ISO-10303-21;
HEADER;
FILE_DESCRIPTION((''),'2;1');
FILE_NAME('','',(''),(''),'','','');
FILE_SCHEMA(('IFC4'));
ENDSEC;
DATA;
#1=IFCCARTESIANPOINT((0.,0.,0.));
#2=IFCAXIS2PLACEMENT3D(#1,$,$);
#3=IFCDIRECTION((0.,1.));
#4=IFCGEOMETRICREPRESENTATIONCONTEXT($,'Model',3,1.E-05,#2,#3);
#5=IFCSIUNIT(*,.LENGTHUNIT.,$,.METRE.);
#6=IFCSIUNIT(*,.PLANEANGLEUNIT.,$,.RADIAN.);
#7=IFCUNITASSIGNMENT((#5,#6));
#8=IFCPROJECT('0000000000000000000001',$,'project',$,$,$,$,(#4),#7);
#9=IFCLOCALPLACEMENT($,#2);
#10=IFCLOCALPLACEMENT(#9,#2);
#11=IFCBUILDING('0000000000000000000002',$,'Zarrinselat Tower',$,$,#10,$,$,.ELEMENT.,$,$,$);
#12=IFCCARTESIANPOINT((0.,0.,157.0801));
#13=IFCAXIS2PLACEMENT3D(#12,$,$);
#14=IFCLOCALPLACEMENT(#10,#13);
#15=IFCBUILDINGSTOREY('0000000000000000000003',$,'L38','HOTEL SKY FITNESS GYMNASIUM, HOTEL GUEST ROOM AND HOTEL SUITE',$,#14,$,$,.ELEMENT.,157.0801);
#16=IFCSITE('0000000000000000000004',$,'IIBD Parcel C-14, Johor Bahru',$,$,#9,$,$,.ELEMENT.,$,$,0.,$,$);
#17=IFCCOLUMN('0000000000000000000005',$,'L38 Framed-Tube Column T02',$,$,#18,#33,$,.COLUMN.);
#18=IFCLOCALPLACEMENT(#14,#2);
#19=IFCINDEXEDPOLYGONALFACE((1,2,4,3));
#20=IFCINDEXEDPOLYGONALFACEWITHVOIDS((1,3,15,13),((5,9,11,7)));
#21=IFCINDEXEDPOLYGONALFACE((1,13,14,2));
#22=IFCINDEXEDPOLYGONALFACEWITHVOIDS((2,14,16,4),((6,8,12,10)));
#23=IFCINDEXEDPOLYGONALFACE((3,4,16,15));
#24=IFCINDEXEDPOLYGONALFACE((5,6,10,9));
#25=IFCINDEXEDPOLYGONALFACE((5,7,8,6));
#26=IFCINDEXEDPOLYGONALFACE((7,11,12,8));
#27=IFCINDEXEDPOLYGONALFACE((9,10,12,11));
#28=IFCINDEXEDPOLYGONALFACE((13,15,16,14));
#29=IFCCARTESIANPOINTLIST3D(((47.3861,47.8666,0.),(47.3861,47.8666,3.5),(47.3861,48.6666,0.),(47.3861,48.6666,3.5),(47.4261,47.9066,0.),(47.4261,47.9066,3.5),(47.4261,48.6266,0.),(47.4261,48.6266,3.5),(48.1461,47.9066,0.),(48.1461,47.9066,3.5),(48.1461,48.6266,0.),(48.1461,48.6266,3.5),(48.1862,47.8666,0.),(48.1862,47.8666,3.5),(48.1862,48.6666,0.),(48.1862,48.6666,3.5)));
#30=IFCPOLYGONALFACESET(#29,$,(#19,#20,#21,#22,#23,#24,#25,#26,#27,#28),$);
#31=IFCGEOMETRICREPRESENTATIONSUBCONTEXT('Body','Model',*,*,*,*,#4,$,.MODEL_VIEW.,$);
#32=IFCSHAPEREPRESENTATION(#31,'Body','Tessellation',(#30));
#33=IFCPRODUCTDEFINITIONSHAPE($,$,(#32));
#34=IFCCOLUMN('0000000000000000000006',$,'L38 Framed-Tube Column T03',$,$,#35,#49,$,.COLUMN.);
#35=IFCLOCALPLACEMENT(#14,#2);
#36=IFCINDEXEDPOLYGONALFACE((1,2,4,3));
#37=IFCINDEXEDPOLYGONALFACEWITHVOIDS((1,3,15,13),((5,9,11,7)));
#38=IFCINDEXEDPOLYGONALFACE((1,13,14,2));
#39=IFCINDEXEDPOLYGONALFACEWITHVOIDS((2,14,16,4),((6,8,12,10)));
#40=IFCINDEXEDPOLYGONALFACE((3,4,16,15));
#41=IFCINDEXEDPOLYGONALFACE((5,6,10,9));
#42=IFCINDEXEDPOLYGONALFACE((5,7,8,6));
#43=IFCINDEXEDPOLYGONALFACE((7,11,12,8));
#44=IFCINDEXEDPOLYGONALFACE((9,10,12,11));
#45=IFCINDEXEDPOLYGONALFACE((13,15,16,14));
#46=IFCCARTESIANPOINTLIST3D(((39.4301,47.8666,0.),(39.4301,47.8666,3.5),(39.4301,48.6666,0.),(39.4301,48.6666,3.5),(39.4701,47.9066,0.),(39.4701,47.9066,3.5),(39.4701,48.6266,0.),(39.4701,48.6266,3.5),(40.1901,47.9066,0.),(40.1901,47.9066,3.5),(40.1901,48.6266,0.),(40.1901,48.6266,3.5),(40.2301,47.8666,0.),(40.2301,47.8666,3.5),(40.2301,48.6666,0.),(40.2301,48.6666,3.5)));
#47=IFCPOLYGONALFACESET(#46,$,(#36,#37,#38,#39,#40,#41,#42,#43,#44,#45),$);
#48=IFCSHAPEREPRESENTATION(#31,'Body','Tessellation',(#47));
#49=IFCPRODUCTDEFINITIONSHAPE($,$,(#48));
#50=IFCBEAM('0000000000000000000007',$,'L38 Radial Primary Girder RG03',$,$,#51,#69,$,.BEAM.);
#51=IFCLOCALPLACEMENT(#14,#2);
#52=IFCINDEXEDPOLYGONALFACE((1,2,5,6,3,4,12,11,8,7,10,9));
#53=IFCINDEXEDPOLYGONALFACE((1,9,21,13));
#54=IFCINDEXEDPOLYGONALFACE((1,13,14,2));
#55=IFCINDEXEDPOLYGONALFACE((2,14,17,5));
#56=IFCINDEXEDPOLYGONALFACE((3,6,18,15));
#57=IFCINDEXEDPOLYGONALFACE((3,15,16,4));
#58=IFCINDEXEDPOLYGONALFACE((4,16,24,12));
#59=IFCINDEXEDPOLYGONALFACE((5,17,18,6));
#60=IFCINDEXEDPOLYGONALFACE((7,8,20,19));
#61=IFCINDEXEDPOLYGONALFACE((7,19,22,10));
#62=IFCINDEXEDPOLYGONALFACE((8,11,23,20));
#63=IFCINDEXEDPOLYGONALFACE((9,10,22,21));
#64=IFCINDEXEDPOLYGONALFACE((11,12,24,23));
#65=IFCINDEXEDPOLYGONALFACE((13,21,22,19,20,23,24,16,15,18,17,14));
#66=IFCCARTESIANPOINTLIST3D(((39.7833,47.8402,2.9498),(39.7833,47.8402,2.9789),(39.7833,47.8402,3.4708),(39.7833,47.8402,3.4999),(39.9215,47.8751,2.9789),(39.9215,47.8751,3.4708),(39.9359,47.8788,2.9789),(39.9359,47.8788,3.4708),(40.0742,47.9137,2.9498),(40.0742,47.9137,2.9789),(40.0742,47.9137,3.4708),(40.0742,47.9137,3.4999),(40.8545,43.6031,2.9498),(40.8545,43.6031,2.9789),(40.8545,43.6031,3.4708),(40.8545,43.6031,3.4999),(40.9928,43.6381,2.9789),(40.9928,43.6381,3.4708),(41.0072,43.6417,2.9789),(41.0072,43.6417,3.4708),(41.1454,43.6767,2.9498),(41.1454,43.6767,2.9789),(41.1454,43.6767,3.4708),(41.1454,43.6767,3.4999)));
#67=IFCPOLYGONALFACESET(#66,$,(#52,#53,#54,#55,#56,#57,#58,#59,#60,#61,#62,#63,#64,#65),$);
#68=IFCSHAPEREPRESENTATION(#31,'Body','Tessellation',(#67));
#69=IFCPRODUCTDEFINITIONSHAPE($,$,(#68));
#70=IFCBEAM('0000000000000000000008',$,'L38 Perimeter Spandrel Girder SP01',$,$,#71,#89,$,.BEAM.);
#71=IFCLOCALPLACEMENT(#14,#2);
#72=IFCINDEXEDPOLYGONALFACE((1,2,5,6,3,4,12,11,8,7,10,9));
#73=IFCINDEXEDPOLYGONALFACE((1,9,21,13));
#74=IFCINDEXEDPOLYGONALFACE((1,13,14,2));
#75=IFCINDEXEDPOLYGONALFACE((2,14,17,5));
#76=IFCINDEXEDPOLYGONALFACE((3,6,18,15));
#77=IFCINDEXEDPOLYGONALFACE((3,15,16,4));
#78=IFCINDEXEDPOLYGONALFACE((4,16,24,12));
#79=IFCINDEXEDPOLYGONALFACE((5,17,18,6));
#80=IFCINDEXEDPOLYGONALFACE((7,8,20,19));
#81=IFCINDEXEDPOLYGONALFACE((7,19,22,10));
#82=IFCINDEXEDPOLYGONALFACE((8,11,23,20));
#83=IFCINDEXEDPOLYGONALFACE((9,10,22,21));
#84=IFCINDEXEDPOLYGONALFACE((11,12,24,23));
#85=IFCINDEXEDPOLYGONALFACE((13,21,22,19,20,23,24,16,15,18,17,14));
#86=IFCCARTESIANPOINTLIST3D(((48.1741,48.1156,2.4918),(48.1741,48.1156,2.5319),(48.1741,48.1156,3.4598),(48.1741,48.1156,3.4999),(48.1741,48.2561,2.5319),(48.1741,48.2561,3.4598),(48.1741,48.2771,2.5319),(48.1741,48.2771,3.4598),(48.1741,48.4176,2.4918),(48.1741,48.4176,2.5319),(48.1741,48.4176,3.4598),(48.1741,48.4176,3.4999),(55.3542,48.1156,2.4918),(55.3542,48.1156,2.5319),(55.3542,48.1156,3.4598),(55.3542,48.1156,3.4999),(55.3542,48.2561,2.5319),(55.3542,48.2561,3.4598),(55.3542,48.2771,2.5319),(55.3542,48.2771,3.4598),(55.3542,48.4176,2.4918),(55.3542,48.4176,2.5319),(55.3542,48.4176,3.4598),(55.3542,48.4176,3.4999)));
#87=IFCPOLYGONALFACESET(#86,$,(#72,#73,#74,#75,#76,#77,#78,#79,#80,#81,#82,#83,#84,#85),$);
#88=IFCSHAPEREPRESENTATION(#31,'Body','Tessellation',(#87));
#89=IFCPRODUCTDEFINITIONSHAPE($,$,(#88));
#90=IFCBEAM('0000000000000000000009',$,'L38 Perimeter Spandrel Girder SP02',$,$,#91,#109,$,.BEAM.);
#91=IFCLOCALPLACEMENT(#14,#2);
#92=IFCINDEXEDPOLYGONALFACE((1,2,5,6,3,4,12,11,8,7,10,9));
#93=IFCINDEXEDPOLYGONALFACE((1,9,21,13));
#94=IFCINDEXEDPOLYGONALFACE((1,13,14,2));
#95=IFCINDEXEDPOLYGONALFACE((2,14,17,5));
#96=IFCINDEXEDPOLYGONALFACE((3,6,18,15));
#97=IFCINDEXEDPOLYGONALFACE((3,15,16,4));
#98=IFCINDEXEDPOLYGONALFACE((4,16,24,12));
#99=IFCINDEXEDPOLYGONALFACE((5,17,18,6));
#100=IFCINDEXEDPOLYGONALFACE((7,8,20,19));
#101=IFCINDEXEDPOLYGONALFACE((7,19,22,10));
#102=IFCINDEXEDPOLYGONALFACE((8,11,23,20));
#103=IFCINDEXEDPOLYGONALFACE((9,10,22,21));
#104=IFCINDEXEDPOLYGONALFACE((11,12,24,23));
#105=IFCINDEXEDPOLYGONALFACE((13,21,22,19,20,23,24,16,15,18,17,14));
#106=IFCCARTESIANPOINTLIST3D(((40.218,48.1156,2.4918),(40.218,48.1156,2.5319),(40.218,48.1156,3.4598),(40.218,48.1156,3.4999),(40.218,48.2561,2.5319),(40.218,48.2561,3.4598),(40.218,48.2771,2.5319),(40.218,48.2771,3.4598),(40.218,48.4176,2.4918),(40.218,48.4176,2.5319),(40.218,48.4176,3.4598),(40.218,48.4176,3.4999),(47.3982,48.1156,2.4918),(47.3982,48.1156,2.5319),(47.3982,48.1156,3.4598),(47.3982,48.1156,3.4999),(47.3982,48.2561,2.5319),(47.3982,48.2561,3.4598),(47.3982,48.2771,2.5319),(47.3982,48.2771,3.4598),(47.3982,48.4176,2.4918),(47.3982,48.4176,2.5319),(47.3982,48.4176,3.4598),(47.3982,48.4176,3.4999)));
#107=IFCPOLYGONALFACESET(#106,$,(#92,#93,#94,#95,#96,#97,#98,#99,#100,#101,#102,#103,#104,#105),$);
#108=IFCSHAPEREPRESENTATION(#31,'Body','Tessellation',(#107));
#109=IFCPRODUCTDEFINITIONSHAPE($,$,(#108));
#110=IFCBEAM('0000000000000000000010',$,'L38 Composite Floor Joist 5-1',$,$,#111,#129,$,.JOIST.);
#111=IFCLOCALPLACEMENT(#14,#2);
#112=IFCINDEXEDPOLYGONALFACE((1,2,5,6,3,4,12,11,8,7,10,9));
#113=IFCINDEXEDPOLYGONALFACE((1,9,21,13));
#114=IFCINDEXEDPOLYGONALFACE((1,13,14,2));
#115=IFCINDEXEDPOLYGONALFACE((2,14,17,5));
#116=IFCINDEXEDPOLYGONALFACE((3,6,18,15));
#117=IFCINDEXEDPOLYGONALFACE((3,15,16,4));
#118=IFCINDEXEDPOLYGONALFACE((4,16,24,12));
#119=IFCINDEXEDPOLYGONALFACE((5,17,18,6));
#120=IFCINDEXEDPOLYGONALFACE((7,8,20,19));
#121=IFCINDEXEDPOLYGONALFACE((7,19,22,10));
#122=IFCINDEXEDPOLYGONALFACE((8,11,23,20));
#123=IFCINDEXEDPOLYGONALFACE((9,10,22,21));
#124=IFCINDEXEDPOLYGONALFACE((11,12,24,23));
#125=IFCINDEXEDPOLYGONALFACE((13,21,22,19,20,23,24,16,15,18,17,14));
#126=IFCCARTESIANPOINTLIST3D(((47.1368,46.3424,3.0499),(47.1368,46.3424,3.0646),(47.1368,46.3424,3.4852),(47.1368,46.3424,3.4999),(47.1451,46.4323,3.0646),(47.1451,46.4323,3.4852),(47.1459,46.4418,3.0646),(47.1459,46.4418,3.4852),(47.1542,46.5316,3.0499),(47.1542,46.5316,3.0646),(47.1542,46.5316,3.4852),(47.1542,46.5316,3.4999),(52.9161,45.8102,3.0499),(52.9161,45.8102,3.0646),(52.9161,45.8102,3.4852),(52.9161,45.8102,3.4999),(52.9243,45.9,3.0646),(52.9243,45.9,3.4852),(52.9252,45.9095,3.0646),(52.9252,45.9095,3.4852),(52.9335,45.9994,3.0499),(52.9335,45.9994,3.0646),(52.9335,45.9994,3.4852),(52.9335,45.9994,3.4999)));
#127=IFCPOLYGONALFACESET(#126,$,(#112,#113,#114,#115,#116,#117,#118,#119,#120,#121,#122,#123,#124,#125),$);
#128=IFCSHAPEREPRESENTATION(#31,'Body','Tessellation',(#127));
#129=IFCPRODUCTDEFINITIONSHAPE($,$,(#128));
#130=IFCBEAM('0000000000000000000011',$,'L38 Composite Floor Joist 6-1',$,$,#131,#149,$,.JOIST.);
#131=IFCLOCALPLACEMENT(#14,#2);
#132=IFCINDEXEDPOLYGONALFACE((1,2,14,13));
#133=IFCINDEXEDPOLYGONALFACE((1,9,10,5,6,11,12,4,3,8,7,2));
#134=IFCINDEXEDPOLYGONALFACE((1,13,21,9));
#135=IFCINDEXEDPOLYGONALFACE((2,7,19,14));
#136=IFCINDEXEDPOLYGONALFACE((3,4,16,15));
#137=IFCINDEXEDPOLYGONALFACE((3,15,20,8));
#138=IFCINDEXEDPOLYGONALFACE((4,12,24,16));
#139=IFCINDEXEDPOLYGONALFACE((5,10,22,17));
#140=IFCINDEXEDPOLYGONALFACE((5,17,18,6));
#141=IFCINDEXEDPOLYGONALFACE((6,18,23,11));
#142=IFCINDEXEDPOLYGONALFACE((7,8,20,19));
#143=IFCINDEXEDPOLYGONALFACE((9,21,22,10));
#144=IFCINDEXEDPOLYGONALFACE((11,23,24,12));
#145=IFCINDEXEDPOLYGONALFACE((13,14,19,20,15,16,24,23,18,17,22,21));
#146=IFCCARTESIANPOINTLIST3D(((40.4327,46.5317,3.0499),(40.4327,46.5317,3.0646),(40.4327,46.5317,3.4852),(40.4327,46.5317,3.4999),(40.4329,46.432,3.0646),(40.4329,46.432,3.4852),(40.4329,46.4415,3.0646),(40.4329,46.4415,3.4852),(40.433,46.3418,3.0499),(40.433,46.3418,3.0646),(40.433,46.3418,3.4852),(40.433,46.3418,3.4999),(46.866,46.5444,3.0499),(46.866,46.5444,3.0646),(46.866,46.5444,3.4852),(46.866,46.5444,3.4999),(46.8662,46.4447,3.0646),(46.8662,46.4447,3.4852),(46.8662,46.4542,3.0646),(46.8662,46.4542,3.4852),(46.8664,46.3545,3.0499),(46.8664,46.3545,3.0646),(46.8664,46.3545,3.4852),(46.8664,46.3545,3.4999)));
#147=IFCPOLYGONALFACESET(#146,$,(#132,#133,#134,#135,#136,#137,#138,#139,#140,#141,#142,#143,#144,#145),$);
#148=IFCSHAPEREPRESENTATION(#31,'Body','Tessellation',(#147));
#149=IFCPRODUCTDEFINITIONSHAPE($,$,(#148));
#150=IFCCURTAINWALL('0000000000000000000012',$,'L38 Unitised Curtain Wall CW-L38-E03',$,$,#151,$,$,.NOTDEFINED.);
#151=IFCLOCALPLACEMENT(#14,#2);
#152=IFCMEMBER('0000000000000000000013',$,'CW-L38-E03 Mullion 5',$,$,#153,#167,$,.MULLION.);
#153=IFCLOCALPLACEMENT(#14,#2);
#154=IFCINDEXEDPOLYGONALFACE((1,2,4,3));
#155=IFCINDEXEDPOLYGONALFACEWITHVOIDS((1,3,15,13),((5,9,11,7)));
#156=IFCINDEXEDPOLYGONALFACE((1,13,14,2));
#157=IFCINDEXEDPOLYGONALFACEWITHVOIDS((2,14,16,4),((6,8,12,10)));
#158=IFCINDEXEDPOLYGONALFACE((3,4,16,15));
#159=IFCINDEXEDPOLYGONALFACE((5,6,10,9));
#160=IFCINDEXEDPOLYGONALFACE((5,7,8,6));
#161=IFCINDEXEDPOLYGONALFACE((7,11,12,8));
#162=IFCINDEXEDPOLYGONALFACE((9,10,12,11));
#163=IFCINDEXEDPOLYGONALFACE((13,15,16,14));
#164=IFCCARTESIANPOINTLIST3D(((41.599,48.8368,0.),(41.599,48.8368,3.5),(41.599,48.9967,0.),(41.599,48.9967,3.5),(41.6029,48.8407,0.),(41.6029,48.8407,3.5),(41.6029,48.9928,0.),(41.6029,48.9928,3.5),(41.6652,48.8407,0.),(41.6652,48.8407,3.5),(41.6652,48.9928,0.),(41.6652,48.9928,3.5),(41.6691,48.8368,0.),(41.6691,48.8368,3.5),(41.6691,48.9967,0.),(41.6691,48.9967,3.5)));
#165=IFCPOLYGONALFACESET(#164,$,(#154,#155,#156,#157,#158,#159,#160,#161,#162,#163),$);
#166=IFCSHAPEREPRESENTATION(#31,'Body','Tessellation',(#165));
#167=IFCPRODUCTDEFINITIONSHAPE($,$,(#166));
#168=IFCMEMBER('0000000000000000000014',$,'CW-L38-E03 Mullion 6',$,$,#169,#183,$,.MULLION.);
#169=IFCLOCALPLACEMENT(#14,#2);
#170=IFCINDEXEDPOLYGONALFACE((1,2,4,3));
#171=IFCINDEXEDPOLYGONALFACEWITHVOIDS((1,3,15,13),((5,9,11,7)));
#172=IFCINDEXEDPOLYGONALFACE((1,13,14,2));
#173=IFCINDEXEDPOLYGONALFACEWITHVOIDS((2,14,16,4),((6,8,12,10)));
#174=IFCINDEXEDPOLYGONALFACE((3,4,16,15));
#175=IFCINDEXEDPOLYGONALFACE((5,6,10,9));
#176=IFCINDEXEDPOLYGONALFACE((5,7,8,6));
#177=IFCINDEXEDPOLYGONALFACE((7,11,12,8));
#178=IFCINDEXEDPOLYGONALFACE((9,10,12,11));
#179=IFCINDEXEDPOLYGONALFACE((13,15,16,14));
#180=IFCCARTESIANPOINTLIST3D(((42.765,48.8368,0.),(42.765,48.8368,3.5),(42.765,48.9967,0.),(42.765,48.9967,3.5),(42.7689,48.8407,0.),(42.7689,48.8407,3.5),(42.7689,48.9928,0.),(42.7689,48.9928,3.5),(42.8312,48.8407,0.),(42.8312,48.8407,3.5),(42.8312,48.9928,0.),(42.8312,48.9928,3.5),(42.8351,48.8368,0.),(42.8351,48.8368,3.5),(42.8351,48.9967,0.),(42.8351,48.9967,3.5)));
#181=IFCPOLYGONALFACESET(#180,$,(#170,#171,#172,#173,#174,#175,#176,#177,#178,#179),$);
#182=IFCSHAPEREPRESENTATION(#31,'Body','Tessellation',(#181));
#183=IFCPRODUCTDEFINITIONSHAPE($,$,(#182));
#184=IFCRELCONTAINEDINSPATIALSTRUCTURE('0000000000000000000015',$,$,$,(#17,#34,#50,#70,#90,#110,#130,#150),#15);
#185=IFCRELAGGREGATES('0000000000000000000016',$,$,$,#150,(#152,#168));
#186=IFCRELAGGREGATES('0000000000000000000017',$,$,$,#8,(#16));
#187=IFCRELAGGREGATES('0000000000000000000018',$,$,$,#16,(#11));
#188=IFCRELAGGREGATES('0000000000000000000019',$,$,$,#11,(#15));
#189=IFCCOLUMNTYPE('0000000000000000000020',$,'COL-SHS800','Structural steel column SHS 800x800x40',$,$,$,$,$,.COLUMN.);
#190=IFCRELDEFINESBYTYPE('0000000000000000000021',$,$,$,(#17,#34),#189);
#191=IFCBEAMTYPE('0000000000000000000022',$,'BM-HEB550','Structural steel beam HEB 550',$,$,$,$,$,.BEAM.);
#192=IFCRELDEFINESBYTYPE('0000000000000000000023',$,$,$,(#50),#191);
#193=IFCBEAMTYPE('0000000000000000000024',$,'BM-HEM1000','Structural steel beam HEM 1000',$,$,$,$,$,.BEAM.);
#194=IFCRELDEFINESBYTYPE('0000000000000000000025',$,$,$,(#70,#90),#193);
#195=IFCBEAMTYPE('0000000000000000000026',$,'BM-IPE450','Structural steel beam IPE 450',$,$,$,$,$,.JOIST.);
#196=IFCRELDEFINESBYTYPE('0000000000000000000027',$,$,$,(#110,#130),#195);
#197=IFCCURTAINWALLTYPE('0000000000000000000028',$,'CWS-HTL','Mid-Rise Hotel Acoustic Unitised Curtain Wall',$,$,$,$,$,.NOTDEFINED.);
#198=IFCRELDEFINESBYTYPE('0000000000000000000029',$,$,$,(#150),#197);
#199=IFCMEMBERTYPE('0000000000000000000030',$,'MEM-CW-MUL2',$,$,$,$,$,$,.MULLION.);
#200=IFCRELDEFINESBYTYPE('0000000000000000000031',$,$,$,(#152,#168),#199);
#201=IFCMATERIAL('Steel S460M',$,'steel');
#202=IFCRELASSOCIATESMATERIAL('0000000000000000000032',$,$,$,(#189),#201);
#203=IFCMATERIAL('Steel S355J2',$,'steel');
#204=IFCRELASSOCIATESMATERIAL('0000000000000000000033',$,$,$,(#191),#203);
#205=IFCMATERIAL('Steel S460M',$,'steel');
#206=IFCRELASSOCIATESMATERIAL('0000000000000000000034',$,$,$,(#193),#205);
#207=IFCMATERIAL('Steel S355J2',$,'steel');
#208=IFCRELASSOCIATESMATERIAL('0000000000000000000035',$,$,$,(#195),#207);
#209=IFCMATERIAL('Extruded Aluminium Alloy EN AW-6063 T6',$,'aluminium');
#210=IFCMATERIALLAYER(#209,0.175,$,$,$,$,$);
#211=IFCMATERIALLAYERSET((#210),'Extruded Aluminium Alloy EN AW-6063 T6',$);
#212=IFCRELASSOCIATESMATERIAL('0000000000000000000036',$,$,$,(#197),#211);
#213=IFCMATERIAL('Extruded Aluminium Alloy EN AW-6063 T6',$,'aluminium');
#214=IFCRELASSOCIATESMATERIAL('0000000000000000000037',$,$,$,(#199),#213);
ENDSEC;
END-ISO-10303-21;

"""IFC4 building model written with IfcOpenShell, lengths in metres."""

from ifc_helpers import new_model, si_unit, direction, frame, origin, origin_2d, place, context, subcontext, project, spatial, hollow_rectangle, i_section, extrude, material, layer, layer_set, material_profile, profile_set, type_object, element, aggregate, save


model = new_model("IFC4")

# Units and contexts
model_context = context("Model", 3, precision=1e-05, world=origin(), true_north=direction((0.0, 1.0)))
body_context = subcontext(model_context, "Body", "Model", "MODEL_VIEW")
ifc_project = project(units=[si_unit("LENGTHUNIT", "METRE"), si_unit("PLANEANGLEUNIT", "RADIAN")], contexts=[model_context])

# Site, building, storey
site_placement = place(None, origin())
site = spatial("IfcSite", under=ifc_project, at=site_placement, Name="IIBD Parcel C-14, Johor Bahru", CompositionType="ELEMENT", RefElevation=0.0)
building_placement = place(site_placement, origin())
building = spatial("IfcBuilding", under=site, at=building_placement, Name="Zarrinselat Tower", CompositionType="ELEMENT")
storey_placement = place(building_placement, frame((0.0, 0.0, 157.0801)))
storey = spatial("IfcBuildingStorey", under=building, at=storey_placement, Name="L38", Description="HOTEL SKY FITNESS GYMNASIUM, HOTEL GUEST ROOM AND HOTEL SUITE", CompositionType="ELEMENT", Elevation=157.0801)

# Columns
ifc_material_1 = material(Name="Steel S460M", Category="steel")
ifc_material_profile_1 = material_profile(ifc_material_1, hollow_rectangle(XDim=0.8, YDim=0.8, WallThickness=0.04, at=origin_2d()), Name="SHS 800x800x40")
ifc_profile_set_1 = profile_set([ifc_material_profile_1], Name="Steel S460M")
column_type = type_object("IfcColumnType", Name="COL-SHS800", Description="Structural steel column SHS 800x800x40", PredefinedType="COLUMN", material=ifc_profile_set_1)
for number, where, z_axis, x_axis, name in (
    (1, (47.7861, 48.2666, 0.0), (0.0, 0.0, 1.0), (1.0, 0.0, 0.0), "L38 Framed-Tube Column T02"),
    (2, (39.8301, 48.2666, 0.0), (0.0, 0.0, 1.0), (1.0, 0.0, 0.0), "L38 Framed-Tube Column T03"),
):
    element("IfcColumn", number, at=place(storey_placement, frame(where, z_axis=z_axis, x_axis=x_axis)), inside=storey, type_object=column_type, Name=name, PredefinedType="COLUMN", context=body_context, shape_type="SweptSolid", body=[
        extrude(hollow_rectangle(XDim=0.8, YDim=0.8, WallThickness=0.04, at=origin_2d()), origin(), (0.0, 0.0, 1.0), 3.5),
    ])

# Beams
ifc_material_2 = material(Name="Steel S355J2", Category="steel")
ifc_material_profile_2 = material_profile(ifc_material_2, i_section(OverallWidth=0.3, OverallDepth=0.55, WebThickness=0.0149, FlangeThickness=0.0291, at=origin_2d()), Name="HEB 550")
ifc_profile_set_2 = profile_set([ifc_material_profile_2], Name="Steel S355J2")
beam_type_1 = type_object("IfcBeamType", Name="BM-HEB550", Description="Structural steel beam HEB 550", PredefinedType="BEAM", material=ifc_profile_set_2)
beam_1_placement = place(storey_placement, frame((39.9287, 47.877, 3.2249), z_axis=(0.245124, -0.969492, 0.0), x_axis=(0.969492, 0.245124, 0.0)))
element("IfcBeam", 3, at=beam_1_placement, inside=storey, type_object=beam_type_1, Name="L38 Radial Primary Girder RG03", PredefinedType="BEAM", context=body_context, shape_type="SweptSolid", body=[
    extrude(i_section(OverallWidth=0.3, OverallDepth=0.55, WebThickness=0.0149, FlangeThickness=0.0291, at=origin_2d()), origin(), (0.0, 0.0, 1.0), 4.3704),
])
ifc_material_3 = material(Name="Steel S460M", Category="steel")
ifc_material_profile_3 = material_profile(ifc_material_3, i_section(OverallWidth=0.302, OverallDepth=1.0081, WebThickness=0.021, FlangeThickness=0.04, at=origin_2d()), Name="HEM 1000")
ifc_profile_set_3 = profile_set([ifc_material_profile_3], Name="Steel S460M")
beam_type_2 = type_object("IfcBeamType", Name="BM-HEM1000", Description="Structural steel beam HEM 1000", PredefinedType="BEAM", material=ifc_profile_set_3)
for number, where, z_axis, x_axis, name in (
    (4, (48.1741, 48.2666, 2.9958), (1.0, 0.0, 0.0), (0.0, 1.0, 0.0), "L38 Perimeter Spandrel Girder SP01"),
    (5, (40.218, 48.2666, 2.9958), (1.0, 0.0, 0.0), (0.0, 1.0, 0.0), "L38 Perimeter Spandrel Girder SP02"),
):
    element("IfcBeam", number, at=place(storey_placement, frame(where, z_axis=z_axis, x_axis=x_axis)), inside=storey, type_object=beam_type_2, Name=name, PredefinedType="BEAM", context=body_context, shape_type="SweptSolid", body=[
        extrude(i_section(OverallWidth=0.302, OverallDepth=1.0081, WebThickness=0.021, FlangeThickness=0.04, at=origin_2d()), origin(), (0.0, 0.0, 1.0), 7.1802),
    ])
ifc_material_4 = material(Name="Steel S355J2", Category="steel")
ifc_material_profile_4 = material_profile(ifc_material_4, i_section(OverallWidth=0.1899, OverallDepth=0.45, WebThickness=0.0095, FlangeThickness=0.0146, at=origin_2d()), Name="IPE 450")
ifc_profile_set_4 = profile_set([ifc_material_profile_4], Name="Steel S355J2")
beam_type_3 = type_object("IfcBeamType", Name="BM-IPE450", Description="Structural steel beam IPE 450", PredefinedType="JOIST", material=ifc_profile_set_4)
beam_2_placement = place(storey_placement, frame((47.1455, 46.437, 3.2749), z_axis=(0.995786, -0.091704, 0.0), x_axis=(0.091704, 0.995786, 0.0)))
element("IfcBeam", 6, at=beam_2_placement, inside=storey, type_object=beam_type_3, Name="L38 Composite Floor Joist 5-1", PredefinedType="JOIST", context=body_context, shape_type="SweptSolid", body=[
    extrude(i_section(OverallWidth=0.1899, OverallDepth=0.45, WebThickness=0.0095, FlangeThickness=0.0146, at=origin_2d()), origin(), (0.0, 0.0, 1.0), 5.8037),
])
beam_3_placement = place(storey_placement, frame((40.4329, 46.4368, 3.2749), z_axis=(0.999998, 0.001973, 0.0), x_axis=(-0.001973, 0.999998, 0.0)))
element("IfcBeam", 7, at=beam_3_placement, inside=storey, type_object=beam_type_3, Name="L38 Composite Floor Joist 6-1", PredefinedType="JOIST", context=body_context, shape_type="SweptSolid", body=[
    extrude(i_section(OverallWidth=0.1899, OverallDepth=0.45, WebThickness=0.0095, FlangeThickness=0.0146, at=origin_2d()), origin(), (0.0, 0.0, 1.0), 6.4333),
])

# Curtain wall, members
ifc_material_5 = material(Name="Extruded Aluminium Alloy EN AW-6063 T6", Category="aluminium")
ifc_layer_1 = layer(ifc_material_5, 0.175)
ifc_layer_set_1 = layer_set([ifc_layer_1], Name="Extruded Aluminium Alloy EN AW-6063 T6")
curtain_wall_type = type_object("IfcCurtainWallType", Name="CWS-HTL", Description="Mid-Rise Hotel Acoustic Unitised Curtain Wall", PredefinedType="NOTDEFINED", material=ifc_layer_set_1)
curtain_wall_placement = place(storey_placement, origin())
curtain_wall = element("IfcCurtainWall", 8, at=curtain_wall_placement, inside=storey, type_object=curtain_wall_type, Name="L38 Unitised Curtain Wall CW-L38-E03", PredefinedType="NOTDEFINED")
ifc_material_6 = material(Name="Extruded Aluminium Alloy EN AW-6063 T6", Category="aluminium")
ifc_material_profile_5 = material_profile(ifc_material_6, hollow_rectangle(XDim=0.0701, YDim=0.1599, WallThickness=0.0039, at=origin_2d()), Name="RHS 160x70x4")
ifc_profile_set_5 = profile_set([ifc_material_profile_5], Name="Extruded Aluminium Alloy EN AW-6063 T6")
member_type_1 = type_object("IfcMemberType", Name="MEM-CW-MUL2", PredefinedType="MULLION", material=ifc_profile_set_5)
member_1_placement = place(storey_placement, frame((41.634, 48.9167, 0.0), z_axis=(0.0, 0.0, 1.0), x_axis=(1.0, 0.0, 0.0)))
member_1 = element("IfcMember", 9, at=member_1_placement, type_object=member_type_1, Name="CW-L38-E03 Mullion 5", PredefinedType="MULLION", context=body_context, shape_type="SweptSolid", body=[
    extrude(hollow_rectangle(XDim=0.0701, YDim=0.1599, WallThickness=0.0039, at=origin_2d()), origin(), (0.0, 0.0, 1.0), 3.5),
])
member_2_placement = place(storey_placement, frame((42.8, 48.9167, 0.0), z_axis=(0.0, 0.0, 1.0), x_axis=(1.0, 0.0, 0.0)))
member_2 = element("IfcMember", 10, at=member_2_placement, type_object=member_type_1, Name="CW-L38-E03 Mullion 6", PredefinedType="MULLION", context=body_context, shape_type="SweptSolid", body=[
    extrude(hollow_rectangle(XDim=0.0701, YDim=0.1599, WallThickness=0.0039, at=origin_2d()), origin(), (0.0, 0.0, 1.0), 3.5),
])
aggregate(curtain_wall, [member_1, member_2])

save(model, "model.ifc")
